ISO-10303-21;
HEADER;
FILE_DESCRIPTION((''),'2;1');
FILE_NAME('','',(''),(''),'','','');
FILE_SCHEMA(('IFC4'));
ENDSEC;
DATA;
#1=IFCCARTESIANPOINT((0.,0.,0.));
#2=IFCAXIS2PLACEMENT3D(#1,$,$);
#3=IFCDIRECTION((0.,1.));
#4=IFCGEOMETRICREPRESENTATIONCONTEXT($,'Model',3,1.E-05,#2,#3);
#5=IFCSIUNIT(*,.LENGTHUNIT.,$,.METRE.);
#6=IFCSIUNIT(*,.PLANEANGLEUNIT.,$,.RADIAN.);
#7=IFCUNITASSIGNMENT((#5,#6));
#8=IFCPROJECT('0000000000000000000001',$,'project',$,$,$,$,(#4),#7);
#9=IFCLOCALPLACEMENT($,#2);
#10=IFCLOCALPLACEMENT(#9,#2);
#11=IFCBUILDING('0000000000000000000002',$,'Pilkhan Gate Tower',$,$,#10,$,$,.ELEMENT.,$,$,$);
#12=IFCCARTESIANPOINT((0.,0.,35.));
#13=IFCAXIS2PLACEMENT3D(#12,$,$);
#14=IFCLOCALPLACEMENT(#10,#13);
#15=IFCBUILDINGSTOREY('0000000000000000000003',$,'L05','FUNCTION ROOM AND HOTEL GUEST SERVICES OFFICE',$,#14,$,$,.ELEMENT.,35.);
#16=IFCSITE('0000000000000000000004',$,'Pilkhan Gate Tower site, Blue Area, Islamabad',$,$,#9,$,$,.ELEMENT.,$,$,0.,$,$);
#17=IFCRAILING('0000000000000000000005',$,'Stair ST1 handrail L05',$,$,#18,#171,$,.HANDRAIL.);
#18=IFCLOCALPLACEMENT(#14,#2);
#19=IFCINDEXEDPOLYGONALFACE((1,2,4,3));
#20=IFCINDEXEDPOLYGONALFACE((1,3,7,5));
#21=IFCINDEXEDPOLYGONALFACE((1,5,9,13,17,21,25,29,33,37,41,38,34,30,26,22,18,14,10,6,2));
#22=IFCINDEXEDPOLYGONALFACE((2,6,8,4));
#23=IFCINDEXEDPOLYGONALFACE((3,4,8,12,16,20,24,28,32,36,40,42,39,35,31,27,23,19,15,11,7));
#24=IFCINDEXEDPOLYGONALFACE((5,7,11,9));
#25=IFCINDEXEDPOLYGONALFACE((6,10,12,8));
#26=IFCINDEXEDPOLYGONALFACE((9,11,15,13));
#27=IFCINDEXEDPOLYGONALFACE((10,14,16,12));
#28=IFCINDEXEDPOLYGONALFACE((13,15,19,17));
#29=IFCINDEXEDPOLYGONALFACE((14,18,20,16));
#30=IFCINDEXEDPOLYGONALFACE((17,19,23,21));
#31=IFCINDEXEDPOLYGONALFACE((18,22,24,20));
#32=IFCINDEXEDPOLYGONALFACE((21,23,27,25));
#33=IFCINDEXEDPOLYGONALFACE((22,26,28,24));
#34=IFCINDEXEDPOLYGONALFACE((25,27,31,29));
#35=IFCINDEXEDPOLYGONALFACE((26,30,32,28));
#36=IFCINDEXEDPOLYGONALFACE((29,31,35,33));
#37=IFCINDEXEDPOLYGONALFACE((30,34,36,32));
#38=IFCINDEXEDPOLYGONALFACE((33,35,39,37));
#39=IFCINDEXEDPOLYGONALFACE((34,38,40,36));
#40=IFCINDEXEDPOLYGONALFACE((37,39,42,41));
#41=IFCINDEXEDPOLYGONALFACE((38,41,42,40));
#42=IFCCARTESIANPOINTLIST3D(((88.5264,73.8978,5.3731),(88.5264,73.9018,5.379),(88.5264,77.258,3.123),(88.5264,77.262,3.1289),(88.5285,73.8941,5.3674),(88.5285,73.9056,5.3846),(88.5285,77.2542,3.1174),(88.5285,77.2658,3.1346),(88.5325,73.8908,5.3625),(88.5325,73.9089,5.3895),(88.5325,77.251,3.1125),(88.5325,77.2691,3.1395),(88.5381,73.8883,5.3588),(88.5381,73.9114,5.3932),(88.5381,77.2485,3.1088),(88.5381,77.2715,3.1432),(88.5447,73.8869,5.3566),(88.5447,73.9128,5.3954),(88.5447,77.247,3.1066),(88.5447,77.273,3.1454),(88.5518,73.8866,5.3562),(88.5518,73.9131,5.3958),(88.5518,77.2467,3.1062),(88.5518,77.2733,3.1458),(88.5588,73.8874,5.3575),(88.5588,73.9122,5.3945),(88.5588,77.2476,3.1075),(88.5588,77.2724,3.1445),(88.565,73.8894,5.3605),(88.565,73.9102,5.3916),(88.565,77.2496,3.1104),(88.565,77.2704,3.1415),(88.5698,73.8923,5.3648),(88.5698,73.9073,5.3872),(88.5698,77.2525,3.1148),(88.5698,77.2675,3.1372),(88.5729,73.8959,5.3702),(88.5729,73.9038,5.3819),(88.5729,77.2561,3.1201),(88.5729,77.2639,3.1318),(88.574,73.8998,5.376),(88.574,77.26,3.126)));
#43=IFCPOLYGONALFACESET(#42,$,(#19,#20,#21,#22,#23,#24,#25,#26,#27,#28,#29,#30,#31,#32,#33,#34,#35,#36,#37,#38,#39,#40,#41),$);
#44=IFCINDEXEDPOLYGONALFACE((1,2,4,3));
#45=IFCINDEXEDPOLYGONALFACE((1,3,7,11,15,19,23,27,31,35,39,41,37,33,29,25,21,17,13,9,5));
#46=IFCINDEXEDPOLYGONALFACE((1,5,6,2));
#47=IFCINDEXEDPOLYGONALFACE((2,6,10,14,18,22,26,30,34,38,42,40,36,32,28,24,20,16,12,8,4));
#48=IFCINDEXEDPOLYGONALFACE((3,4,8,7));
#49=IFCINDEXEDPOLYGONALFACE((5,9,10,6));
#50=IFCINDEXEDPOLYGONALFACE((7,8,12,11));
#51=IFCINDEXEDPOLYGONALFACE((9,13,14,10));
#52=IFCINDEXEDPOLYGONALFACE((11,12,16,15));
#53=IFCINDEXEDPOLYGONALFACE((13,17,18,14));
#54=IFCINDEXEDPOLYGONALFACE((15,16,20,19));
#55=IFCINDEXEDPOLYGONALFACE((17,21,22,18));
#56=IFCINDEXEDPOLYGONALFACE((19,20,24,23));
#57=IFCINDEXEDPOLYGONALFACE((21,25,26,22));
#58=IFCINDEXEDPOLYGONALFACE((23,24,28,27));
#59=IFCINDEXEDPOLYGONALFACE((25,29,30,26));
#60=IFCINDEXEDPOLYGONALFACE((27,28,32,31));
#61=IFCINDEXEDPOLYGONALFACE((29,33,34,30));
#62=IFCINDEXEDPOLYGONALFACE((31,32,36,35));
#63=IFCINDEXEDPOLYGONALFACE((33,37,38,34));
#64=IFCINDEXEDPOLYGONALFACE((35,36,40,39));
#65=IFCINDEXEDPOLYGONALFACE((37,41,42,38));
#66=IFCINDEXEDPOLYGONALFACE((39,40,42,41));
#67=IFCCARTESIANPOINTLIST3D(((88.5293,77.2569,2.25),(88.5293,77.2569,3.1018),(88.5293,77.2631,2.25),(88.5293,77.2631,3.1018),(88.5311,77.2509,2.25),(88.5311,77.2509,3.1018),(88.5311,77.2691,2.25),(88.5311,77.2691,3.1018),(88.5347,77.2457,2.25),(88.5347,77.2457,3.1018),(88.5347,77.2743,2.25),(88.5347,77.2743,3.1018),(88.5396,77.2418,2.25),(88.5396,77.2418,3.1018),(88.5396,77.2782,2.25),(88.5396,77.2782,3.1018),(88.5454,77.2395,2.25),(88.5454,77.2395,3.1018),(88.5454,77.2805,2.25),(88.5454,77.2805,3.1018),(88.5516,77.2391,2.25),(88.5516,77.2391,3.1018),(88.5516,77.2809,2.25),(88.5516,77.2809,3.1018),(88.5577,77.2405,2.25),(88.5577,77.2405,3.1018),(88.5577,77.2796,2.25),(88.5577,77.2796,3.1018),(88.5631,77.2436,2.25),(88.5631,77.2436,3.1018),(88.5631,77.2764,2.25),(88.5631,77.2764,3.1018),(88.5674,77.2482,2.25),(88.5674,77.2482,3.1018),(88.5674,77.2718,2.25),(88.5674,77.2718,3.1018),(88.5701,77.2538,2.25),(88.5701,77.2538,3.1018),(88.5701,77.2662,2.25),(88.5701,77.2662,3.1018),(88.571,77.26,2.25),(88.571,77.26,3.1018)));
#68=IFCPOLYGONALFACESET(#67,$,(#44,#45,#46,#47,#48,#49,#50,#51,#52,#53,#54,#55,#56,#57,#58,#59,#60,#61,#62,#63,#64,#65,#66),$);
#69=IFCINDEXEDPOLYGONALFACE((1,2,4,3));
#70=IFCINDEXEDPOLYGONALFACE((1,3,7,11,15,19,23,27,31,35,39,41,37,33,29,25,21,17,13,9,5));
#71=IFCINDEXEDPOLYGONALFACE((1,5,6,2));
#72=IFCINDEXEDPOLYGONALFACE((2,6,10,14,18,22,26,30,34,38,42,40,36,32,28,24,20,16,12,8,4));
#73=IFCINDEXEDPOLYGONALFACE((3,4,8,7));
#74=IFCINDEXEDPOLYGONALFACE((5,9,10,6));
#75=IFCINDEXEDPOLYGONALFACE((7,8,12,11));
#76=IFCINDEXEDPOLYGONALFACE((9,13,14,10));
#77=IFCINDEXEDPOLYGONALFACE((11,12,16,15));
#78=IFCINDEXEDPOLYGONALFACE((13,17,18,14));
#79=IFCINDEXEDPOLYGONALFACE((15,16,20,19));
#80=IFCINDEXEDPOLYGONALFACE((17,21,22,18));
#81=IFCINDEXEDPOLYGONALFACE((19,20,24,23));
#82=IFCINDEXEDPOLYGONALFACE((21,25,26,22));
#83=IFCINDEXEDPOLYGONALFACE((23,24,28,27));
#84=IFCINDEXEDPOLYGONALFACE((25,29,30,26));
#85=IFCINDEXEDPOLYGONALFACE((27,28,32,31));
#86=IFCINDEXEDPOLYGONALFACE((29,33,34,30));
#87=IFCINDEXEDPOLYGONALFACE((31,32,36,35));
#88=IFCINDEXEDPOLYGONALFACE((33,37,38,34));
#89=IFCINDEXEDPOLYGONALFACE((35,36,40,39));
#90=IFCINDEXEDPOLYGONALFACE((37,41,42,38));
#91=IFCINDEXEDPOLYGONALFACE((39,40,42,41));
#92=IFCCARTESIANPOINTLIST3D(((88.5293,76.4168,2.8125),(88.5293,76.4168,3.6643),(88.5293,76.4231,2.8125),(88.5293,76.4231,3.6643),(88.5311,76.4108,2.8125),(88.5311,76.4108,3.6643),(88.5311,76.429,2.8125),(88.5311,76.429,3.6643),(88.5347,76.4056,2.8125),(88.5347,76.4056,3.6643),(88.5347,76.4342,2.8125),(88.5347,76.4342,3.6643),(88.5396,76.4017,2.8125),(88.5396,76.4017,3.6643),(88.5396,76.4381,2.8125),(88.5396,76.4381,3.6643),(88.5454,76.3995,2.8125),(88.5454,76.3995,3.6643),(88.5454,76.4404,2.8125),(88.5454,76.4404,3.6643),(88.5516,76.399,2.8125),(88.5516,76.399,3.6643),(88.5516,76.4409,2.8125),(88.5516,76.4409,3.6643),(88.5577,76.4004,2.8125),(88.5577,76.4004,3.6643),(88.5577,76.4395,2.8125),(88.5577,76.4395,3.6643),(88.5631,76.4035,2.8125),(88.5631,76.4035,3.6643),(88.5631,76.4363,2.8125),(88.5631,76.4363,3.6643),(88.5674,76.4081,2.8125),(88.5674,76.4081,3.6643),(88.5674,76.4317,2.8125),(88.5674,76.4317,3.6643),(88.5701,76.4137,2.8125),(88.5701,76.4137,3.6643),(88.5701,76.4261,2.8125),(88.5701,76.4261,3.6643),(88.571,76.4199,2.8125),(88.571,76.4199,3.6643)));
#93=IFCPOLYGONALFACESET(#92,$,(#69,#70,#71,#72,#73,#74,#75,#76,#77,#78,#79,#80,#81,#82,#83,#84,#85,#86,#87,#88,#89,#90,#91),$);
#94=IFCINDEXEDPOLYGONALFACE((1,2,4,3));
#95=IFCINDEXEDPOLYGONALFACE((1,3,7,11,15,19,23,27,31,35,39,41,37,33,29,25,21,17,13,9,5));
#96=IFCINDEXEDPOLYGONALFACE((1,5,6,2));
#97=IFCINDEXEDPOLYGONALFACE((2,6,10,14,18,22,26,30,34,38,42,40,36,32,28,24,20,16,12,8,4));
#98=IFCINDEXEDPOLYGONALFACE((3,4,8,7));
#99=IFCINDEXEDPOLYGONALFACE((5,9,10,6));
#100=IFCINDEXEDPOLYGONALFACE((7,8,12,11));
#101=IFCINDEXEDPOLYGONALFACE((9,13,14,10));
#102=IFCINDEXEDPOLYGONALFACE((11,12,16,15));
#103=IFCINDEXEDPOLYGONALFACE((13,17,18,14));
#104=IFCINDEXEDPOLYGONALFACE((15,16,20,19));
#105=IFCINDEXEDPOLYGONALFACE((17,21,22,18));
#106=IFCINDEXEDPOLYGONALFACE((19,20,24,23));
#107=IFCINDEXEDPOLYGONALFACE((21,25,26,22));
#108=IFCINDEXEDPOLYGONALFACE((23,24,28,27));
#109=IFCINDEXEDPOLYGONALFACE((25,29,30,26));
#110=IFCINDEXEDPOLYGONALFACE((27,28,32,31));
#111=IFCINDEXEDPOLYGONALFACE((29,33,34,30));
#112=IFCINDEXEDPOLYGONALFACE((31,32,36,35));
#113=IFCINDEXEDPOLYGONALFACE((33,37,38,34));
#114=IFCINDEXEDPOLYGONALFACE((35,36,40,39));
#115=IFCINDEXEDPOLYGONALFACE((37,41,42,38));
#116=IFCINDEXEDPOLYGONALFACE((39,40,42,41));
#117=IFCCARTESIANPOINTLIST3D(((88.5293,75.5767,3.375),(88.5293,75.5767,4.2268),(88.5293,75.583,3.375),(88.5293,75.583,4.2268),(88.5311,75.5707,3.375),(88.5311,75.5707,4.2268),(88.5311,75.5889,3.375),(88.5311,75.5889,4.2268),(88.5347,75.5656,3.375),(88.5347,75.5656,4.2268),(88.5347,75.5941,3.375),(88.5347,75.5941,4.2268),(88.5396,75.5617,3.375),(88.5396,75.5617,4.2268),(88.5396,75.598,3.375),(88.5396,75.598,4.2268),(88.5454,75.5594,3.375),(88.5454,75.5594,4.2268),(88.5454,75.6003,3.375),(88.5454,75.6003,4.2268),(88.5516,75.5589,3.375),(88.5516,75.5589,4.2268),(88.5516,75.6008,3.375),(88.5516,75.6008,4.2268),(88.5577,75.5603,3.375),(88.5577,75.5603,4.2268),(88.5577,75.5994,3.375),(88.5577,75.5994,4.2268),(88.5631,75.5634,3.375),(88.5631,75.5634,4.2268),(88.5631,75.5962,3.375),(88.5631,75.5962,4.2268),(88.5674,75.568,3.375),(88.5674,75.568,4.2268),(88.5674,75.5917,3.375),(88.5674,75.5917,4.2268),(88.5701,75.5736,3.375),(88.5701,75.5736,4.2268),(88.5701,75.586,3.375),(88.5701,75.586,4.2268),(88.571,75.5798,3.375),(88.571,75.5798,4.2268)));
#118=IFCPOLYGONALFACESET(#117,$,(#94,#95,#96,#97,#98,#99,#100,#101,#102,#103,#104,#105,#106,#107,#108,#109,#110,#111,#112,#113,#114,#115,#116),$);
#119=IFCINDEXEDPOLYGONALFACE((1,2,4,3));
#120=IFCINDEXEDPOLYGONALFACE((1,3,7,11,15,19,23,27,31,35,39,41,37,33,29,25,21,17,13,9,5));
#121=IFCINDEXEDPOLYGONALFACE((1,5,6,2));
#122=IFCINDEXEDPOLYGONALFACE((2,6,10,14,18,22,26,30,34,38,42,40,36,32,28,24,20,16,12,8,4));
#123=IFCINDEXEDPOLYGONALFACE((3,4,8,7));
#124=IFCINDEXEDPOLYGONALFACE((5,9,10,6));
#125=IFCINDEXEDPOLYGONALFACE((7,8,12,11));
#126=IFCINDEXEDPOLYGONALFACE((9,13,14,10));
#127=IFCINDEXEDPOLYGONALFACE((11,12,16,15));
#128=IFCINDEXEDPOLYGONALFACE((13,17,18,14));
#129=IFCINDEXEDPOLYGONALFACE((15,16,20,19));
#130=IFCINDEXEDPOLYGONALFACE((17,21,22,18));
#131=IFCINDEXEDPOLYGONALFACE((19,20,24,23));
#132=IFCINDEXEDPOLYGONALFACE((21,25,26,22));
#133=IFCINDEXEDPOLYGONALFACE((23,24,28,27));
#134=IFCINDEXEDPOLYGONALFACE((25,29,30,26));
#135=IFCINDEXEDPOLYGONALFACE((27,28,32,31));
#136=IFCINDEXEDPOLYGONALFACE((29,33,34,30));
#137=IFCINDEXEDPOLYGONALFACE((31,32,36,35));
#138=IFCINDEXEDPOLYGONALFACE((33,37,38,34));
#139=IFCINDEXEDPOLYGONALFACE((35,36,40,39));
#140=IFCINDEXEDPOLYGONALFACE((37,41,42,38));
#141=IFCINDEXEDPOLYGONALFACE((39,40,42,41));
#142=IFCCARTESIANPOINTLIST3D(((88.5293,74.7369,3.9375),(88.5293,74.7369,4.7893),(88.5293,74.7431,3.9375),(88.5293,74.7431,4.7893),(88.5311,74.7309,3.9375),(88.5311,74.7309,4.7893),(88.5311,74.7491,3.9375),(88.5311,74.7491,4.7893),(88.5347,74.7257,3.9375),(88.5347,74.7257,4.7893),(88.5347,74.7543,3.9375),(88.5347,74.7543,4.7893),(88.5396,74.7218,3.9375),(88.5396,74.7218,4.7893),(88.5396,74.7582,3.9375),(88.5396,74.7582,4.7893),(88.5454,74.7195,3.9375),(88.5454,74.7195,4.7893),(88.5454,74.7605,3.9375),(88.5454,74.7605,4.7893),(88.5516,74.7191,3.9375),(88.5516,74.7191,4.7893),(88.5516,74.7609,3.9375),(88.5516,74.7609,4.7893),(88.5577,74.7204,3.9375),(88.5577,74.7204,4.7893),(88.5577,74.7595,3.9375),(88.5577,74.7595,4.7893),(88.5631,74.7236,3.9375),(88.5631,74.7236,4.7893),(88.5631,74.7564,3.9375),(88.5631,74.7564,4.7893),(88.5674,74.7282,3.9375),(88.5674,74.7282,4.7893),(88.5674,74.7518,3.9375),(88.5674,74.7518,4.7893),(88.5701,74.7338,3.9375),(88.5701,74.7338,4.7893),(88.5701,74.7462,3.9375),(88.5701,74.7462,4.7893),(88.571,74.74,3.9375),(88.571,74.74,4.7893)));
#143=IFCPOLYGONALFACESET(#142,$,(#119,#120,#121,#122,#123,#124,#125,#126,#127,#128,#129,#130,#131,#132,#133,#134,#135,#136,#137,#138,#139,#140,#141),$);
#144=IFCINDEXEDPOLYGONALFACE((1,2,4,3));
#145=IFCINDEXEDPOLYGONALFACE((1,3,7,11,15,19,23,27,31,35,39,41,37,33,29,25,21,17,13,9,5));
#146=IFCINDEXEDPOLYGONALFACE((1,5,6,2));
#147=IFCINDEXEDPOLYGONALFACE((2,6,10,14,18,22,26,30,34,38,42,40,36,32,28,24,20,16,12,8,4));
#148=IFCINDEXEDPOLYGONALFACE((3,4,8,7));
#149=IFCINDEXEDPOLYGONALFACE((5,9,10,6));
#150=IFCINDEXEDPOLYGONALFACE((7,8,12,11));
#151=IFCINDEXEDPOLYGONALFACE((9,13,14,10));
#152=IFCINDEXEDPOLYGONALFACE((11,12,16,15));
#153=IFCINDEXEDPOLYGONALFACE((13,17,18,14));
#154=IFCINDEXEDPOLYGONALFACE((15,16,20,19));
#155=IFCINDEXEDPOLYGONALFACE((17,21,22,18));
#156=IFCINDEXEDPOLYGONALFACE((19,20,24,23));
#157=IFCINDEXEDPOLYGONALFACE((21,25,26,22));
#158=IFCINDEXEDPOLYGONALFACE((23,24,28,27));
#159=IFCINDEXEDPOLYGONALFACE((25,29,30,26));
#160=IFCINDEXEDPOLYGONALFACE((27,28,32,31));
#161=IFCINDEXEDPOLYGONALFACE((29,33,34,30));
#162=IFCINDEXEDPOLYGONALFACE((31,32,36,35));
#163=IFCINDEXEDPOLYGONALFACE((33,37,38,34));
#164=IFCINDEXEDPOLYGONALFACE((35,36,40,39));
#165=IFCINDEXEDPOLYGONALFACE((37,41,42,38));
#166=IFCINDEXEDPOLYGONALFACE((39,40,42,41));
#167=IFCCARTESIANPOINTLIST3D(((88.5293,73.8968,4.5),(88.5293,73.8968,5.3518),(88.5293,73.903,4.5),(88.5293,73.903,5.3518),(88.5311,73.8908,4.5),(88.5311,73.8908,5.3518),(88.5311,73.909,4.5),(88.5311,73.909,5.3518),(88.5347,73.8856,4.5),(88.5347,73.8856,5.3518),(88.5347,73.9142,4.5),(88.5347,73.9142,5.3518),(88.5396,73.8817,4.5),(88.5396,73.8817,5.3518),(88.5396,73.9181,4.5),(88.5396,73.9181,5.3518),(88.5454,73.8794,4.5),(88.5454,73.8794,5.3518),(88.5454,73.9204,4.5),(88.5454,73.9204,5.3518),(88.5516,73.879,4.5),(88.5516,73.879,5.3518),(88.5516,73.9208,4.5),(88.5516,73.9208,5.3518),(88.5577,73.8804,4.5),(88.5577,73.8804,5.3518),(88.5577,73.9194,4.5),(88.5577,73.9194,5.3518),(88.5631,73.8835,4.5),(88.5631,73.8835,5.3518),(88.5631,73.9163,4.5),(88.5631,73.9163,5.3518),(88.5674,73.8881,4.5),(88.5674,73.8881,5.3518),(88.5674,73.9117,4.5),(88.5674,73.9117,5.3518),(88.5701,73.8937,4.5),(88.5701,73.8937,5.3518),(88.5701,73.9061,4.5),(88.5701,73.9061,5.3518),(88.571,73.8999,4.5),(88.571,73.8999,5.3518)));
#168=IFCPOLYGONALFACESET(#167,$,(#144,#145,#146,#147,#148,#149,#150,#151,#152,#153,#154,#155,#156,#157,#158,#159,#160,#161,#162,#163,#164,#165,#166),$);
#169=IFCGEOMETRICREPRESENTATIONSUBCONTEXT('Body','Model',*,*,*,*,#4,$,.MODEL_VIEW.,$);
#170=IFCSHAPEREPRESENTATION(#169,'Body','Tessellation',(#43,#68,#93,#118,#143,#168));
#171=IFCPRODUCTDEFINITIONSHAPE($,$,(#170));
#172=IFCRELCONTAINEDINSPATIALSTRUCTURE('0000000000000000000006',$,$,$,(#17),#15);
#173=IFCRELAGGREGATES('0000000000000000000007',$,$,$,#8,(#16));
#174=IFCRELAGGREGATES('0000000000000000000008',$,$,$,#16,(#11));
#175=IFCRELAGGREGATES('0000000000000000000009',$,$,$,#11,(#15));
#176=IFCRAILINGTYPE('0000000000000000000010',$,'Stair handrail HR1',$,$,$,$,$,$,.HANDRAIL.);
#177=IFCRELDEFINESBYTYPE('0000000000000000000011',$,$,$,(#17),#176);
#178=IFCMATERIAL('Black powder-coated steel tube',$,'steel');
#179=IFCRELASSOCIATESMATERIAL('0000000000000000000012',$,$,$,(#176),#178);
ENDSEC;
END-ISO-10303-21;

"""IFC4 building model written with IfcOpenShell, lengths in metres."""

from ifc_helpers import new_model, si_unit, direction, frame, origin, origin_2d, place, context, subcontext, project, spatial, circle, extrude, material, type_object, element, save


model = new_model("IFC4")

# Units and contexts
model_context = context("Model", 3, precision=1e-05, world=origin(), true_north=direction((0.0, 1.0)))
body_context = subcontext(model_context, "Body", "Model", "MODEL_VIEW")
ifc_project = project(units=[si_unit("LENGTHUNIT", "METRE"), si_unit("PLANEANGLEUNIT", "RADIAN")], contexts=[model_context])

# Site, building, storey
site_placement = place(None, origin())
site = spatial("IfcSite", under=ifc_project, at=site_placement, Name="Pilkhan Gate Tower site, Blue Area, Islamabad", CompositionType="ELEMENT", RefElevation=0.0)
building_placement = place(site_placement, origin())
building = spatial("IfcBuilding", under=site, at=building_placement, Name="Pilkhan Gate Tower", CompositionType="ELEMENT")
storey_placement = place(building_placement, frame((0.0, 0.0, 35.0)))
storey = spatial("IfcBuildingStorey", under=building, at=storey_placement, Name="L05", Description="FUNCTION ROOM AND HOTEL GUEST SERVICES OFFICE", CompositionType="ELEMENT", Elevation=35.0)

# Railing
ifc_material_1 = material(Name="Black powder-coated steel tube", Category="steel")
railing_type_1 = type_object("IfcRailingType", Name="Stair handrail HR1", PredefinedType="HANDRAIL", material=ifc_material_1)
railing_1_placement = place(storey_placement, frame((88.55, 77.26, 2.25)))
element("IfcRailing", 1, at=railing_1_placement, inside=storey, type_object=railing_type_1, Name="Stair ST1 handrail L05", PredefinedType="HANDRAIL", context=body_context, shape_type="SweptSolid", body=[
    extrude(circle(Radius=0.0239, at=origin_2d()), frame((0.0, 0.0, 0.876), z_axis=(0.0, -0.830915, 0.556399), x_axis=(1.0, 0.0, 0.0)), (0.0, 0.0, 1.0), 4.0439),
    extrude(circle(Radius=0.021, at=origin_2d()), origin(), (0.0, 0.0, 1.0), 0.8518),
    extrude(circle(Radius=0.021, at=origin_2d()), frame((0.0, -0.8401, 0.5625)), (0.0, 0.0, 1.0), 0.8518),
    extrude(circle(Radius=0.021, at=origin_2d()), frame((0.0, -1.6802, 1.125)), (0.0, 0.0, 1.0), 0.8518),
    extrude(circle(Radius=0.021, at=origin_2d()), frame((0.0, -2.52, 1.6875)), (0.0, 0.0, 1.0), 0.8518),
    extrude(circle(Radius=0.021, at=origin_2d()), frame((0.0, -3.3601, 2.25)), (0.0, 0.0, 1.0), 0.8518),
])

save(model, "model.ifc")
